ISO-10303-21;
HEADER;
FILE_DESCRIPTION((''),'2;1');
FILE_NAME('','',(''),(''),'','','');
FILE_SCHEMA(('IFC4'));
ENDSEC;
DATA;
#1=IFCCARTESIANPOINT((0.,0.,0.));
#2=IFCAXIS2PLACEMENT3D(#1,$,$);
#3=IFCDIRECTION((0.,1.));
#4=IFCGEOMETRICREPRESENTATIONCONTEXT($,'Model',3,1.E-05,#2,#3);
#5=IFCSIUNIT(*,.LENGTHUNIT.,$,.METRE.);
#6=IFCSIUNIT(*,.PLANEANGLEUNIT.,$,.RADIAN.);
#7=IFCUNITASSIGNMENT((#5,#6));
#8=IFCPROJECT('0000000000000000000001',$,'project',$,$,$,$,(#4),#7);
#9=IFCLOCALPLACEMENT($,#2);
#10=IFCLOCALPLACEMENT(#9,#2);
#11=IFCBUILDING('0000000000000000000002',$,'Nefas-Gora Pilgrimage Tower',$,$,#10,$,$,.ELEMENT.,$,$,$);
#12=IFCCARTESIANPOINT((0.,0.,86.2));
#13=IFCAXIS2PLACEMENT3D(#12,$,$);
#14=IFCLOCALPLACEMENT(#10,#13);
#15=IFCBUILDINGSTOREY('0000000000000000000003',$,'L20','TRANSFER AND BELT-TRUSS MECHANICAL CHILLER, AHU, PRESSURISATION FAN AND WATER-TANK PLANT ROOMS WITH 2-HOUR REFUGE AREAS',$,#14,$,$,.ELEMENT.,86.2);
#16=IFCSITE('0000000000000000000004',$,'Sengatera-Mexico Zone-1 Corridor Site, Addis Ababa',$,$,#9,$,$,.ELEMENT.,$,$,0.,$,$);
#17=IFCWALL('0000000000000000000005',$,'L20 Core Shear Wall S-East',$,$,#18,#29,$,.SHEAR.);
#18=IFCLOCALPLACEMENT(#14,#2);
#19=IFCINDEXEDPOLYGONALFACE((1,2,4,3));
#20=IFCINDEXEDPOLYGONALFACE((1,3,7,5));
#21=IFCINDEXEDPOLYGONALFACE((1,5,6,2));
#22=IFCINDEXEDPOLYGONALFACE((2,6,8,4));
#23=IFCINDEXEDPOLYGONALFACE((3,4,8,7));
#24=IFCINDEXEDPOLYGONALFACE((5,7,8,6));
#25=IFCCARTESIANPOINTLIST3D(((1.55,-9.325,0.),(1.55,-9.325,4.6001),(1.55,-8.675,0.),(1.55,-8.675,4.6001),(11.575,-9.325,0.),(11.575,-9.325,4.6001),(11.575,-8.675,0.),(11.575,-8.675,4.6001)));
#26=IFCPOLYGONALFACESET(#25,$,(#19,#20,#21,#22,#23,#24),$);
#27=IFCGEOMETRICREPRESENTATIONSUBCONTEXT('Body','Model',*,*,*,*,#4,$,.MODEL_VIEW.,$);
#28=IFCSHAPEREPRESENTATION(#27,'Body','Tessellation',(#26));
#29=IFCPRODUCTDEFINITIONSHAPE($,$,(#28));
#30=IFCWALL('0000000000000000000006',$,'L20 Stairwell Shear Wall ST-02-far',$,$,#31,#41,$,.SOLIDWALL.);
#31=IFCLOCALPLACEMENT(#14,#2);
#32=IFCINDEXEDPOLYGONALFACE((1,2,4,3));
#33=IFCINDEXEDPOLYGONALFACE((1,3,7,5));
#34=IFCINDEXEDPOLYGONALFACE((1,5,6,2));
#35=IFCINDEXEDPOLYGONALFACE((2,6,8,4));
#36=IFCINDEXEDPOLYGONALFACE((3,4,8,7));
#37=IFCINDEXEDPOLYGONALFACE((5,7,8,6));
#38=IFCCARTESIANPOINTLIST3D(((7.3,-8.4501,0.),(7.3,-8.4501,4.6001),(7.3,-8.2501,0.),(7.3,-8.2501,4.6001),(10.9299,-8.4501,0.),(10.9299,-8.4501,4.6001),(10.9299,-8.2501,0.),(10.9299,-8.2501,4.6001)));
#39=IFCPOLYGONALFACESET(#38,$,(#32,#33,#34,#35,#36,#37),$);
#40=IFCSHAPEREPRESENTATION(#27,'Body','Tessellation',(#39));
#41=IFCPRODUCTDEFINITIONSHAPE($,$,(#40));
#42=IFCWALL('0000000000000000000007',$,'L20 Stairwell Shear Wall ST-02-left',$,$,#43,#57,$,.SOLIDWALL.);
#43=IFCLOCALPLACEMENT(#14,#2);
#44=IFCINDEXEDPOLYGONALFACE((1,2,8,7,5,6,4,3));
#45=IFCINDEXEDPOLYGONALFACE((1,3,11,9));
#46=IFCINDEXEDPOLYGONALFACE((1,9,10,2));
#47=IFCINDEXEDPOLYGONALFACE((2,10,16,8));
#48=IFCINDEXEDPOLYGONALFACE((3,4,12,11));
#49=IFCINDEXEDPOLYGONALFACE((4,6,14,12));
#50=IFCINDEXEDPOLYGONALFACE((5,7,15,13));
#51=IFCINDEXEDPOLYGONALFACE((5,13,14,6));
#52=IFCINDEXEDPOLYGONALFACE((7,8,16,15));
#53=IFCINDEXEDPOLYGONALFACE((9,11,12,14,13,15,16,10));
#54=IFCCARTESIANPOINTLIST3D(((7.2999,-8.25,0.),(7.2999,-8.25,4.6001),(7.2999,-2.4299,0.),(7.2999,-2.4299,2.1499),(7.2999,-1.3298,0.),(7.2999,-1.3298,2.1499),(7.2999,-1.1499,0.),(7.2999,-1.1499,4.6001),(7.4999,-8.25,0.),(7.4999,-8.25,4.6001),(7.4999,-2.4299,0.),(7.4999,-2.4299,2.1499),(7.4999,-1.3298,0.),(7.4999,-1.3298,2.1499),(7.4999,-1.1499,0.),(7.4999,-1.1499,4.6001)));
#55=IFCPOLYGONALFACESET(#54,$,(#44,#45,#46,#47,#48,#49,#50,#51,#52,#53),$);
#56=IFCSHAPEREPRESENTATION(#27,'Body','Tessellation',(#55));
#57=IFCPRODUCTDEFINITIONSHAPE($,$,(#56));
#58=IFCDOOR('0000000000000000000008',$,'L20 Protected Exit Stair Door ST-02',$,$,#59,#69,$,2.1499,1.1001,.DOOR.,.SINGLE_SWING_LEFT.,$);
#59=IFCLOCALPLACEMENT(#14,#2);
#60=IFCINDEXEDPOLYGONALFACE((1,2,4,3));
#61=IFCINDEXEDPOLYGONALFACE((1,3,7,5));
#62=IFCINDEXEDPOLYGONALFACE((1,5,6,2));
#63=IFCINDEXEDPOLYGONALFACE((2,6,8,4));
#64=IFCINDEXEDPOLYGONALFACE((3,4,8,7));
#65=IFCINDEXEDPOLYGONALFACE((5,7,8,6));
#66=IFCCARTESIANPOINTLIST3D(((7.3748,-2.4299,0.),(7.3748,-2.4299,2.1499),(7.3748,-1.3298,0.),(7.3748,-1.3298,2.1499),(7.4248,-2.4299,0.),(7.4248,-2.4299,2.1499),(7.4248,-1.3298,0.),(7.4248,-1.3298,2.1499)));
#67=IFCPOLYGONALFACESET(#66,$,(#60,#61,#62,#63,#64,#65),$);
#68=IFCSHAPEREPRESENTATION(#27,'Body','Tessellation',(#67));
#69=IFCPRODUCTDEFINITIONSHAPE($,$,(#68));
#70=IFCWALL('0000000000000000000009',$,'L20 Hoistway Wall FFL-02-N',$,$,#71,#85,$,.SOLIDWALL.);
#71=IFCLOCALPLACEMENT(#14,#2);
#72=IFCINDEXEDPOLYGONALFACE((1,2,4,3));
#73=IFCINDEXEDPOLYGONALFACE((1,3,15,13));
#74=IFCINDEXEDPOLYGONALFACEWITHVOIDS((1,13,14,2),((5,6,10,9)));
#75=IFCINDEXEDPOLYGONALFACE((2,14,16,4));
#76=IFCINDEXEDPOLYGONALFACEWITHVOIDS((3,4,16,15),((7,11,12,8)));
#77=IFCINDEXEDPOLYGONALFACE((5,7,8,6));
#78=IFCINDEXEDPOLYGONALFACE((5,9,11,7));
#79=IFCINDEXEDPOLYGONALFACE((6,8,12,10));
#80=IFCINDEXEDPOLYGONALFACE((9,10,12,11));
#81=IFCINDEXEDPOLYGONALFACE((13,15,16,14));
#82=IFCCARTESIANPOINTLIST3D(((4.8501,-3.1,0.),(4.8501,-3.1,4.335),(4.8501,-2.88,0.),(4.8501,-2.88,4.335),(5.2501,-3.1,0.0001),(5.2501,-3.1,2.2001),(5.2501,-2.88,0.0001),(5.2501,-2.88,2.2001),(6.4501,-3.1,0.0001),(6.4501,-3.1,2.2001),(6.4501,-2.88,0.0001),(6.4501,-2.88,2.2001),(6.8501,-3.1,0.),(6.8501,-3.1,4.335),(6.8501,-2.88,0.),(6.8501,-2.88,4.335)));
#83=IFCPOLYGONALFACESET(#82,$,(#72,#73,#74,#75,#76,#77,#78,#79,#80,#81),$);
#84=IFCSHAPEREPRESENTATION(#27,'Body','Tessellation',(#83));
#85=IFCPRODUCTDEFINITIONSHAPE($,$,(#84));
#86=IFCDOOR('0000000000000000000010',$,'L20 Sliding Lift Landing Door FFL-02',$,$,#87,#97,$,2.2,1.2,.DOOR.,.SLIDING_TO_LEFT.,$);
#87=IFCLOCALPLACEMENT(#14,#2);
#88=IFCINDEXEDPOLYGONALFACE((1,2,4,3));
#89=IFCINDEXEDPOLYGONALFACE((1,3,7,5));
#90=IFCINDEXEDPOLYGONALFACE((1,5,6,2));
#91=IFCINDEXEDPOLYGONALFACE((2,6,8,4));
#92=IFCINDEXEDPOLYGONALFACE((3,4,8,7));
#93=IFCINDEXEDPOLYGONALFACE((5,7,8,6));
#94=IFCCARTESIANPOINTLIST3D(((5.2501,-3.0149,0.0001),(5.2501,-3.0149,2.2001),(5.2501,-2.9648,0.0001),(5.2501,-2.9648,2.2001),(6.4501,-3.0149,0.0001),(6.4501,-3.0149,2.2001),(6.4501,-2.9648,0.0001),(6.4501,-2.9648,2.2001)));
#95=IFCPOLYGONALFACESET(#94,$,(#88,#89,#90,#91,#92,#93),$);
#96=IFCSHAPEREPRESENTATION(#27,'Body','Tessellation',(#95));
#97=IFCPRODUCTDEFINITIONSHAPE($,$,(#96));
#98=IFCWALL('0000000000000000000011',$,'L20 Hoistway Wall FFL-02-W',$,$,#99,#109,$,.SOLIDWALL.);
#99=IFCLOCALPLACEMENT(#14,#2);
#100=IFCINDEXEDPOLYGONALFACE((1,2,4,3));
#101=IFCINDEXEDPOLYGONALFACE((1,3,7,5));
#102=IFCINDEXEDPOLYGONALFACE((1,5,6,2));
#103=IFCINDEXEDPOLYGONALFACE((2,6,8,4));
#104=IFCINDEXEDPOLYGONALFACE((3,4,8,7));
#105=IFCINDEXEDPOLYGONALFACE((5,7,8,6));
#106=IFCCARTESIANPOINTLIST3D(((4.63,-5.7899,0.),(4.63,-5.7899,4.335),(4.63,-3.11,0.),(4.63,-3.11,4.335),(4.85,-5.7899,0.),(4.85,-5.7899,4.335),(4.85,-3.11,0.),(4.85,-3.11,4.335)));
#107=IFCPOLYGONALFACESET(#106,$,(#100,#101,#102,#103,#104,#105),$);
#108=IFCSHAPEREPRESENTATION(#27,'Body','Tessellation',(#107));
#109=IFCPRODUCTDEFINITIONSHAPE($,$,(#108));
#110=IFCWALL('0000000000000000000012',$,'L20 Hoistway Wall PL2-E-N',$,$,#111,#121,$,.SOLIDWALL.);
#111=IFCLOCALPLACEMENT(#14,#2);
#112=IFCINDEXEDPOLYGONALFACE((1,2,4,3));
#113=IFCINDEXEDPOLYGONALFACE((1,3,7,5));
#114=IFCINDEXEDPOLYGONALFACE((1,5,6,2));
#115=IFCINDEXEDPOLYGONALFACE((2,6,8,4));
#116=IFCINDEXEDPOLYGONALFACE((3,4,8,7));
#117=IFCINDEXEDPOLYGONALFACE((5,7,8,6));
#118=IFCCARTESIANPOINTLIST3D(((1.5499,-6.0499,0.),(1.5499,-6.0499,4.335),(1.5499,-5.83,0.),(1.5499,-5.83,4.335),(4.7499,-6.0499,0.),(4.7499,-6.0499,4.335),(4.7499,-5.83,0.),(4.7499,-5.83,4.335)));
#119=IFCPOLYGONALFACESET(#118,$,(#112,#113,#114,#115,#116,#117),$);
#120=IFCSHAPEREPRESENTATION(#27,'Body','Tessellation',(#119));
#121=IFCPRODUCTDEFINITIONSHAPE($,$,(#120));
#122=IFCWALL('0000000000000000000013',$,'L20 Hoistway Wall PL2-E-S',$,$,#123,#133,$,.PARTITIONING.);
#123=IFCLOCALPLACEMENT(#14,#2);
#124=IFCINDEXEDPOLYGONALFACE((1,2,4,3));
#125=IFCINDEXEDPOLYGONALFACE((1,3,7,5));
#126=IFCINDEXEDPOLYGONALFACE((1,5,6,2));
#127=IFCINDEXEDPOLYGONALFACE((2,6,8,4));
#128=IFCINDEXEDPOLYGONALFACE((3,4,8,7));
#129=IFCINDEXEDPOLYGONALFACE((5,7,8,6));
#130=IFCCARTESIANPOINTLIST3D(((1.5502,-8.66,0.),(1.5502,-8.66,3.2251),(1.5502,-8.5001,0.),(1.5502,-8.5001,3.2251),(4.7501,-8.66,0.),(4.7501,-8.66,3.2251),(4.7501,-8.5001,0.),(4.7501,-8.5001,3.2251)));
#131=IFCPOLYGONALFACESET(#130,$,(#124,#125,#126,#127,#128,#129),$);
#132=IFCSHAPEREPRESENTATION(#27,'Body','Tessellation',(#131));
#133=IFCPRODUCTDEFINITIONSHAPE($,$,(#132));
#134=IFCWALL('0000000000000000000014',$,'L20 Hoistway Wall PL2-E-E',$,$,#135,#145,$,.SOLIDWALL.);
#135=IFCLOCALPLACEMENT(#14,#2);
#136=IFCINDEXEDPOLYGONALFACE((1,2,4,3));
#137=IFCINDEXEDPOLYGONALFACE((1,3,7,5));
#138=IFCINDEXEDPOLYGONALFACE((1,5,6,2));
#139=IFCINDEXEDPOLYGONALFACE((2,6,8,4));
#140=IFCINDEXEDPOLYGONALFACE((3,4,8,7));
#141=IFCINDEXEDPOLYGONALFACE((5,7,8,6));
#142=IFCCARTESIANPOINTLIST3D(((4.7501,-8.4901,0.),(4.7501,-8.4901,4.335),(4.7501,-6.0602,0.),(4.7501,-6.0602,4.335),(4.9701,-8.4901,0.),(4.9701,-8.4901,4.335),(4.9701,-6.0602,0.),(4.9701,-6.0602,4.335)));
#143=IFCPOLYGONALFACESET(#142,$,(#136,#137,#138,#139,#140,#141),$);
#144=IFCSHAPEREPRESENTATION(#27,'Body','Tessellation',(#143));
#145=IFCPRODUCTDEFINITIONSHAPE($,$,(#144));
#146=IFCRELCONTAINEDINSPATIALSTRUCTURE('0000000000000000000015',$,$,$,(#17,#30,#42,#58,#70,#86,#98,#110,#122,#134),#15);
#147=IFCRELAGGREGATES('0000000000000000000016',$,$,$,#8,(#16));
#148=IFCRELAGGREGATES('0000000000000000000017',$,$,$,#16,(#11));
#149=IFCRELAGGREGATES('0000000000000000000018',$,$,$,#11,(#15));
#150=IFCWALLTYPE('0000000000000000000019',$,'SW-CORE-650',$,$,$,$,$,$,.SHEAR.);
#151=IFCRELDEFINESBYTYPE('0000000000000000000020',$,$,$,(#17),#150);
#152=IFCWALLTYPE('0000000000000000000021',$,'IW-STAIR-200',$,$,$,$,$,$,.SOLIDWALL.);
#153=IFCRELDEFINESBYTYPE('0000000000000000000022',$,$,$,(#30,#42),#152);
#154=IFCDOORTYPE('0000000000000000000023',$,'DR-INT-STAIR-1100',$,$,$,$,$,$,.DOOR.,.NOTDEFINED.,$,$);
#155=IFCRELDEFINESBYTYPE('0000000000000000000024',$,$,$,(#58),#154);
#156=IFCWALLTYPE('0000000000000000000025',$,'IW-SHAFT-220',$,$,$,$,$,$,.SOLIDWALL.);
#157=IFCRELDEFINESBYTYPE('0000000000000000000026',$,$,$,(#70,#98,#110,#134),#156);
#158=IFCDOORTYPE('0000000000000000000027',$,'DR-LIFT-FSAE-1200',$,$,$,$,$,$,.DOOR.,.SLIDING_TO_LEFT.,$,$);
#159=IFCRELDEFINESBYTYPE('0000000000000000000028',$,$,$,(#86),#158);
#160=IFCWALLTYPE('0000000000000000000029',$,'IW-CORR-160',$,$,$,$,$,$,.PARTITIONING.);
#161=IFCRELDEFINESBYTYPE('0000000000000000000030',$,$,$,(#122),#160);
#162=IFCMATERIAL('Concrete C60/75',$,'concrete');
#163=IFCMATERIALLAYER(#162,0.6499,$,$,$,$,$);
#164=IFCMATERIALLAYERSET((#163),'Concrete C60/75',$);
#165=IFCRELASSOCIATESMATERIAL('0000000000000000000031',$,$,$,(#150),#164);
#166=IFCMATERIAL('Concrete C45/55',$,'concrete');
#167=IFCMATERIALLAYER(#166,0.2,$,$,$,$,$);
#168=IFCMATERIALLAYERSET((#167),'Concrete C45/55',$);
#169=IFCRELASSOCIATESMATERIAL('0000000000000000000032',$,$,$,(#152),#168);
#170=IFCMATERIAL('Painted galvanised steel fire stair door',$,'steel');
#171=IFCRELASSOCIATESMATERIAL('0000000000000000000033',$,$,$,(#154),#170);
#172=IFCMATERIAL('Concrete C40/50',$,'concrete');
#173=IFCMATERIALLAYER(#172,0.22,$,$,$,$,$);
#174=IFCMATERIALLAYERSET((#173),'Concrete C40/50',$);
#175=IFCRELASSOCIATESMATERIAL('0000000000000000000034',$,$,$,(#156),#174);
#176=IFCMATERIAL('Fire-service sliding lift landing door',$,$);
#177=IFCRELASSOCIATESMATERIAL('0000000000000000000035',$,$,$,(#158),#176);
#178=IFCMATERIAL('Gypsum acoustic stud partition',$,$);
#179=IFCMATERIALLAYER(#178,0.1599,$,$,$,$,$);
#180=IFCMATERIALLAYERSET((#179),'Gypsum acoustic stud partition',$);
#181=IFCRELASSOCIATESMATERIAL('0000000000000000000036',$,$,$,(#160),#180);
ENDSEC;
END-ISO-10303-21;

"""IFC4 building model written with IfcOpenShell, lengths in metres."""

from ifc_helpers import new_model, si_unit, direction, frame, frame_2d, origin, place, context, subcontext, project, spatial, rectangle, extrude, source, transform, mapped, material, layer, layer_set, type_object, element, fill, save


model = new_model("IFC4")

# Units and contexts
model_context = context("Model", 3, precision=1e-05, world=origin(), true_north=direction((0.0, 1.0)))
body_context = subcontext(model_context, "Body", "Model", "MODEL_VIEW")
ifc_project = project(units=[si_unit("LENGTHUNIT", "METRE"), si_unit("PLANEANGLEUNIT", "RADIAN")], contexts=[model_context])

# Site, building, storey
site_placement = place(None, origin())
site = spatial("IfcSite", under=ifc_project, at=site_placement, Name="Sengatera-Mexico Zone-1 Corridor Site, Addis Ababa", CompositionType="ELEMENT", RefElevation=0.0)
building_placement = place(site_placement, origin())
building = spatial("IfcBuilding", under=site, at=building_placement, Name="Nefas-Gora Pilgrimage Tower", CompositionType="ELEMENT")
storey_placement = place(building_placement, frame((0.0, 0.0, 86.2)))
storey = spatial("IfcBuildingStorey", under=building, at=storey_placement, Name="L20", Description="TRANSFER AND BELT-TRUSS MECHANICAL CHILLER, AHU, PRESSURISATION FAN AND WATER-TANK PLANT ROOMS WITH 2-HOUR REFUGE AREAS", CompositionType="ELEMENT", Elevation=86.2)

# Walls
ifc_material_1 = material(Name="Concrete C60/75", Category="concrete")
ifc_layer_1 = layer(ifc_material_1, 0.6499)
ifc_layer_set_1 = layer_set([ifc_layer_1], Name="Concrete C60/75")
wall_type_1 = type_object("IfcWallType", Name="SW-CORE-650", PredefinedType="SHEAR", material=ifc_layer_set_1)
shared_shape_1 = source(origin(), body_context, "Body", "SweptSolid", [
    extrude(rectangle(XDim=10.0249, YDim=0.6499, at=frame_2d((5.0125, 0.0))), origin(), (0.0, 0.0, 1.0), 4.6001),
])
wall_1_placement = place(storey_placement, frame((1.55, -9.0, 0.0), z_axis=(0.0, 0.0, 1.0), x_axis=(1.0, 0.0, 0.0)))
element("IfcWall", 1, at=wall_1_placement, inside=storey, type_object=wall_type_1, Name="L20 Core Shear Wall S-East", PredefinedType="SHEAR", context=body_context, shape_type="MappedRepresentation", body=[
    mapped(shared_shape_1, transform((0.0, 0.0, 0.0), x_axis=(1.0, 0.0, 0.0), y_axis=(0.0, 1.0, 0.0), z_axis=(0.0, 0.0, 1.0), scale=1.0)),
])
ifc_material_2 = material(Name="Concrete C45/55", Category="concrete")
ifc_layer_2 = layer(ifc_material_2, 0.2)
ifc_layer_set_2 = layer_set([ifc_layer_2], Name="Concrete C45/55")
wall_type_2 = type_object("IfcWallType", Name="IW-STAIR-200", PredefinedType="SOLIDWALL", material=ifc_layer_set_2)
shared_shape_2 = source(origin(), body_context, "Body", "SweptSolid", [
    extrude(rectangle(XDim=3.6299, YDim=0.2, at=frame_2d((1.8149, 0.0))), origin(), (0.0, 0.0, 1.0), 4.6001),
])
wall_2_placement = place(storey_placement, frame((7.3, -8.3501, 0.0), z_axis=(0.0, 0.0, 1.0), x_axis=(1.0, 0.0, 0.0)))
element("IfcWall", 2, at=wall_2_placement, inside=storey, type_object=wall_type_2, Name="L20 Stairwell Shear Wall ST-02-far", PredefinedType="SOLIDWALL", context=body_context, shape_type="MappedRepresentation", body=[
    mapped(shared_shape_2, transform((0.0, 0.0, 0.0), x_axis=(1.0, 0.0, 0.0), y_axis=(0.0, 1.0, 0.0), z_axis=(0.0, 0.0, 1.0), scale=1.0)),
])

# Walls, openings, doors
shared_shape_3 = source(origin(), body_context, "Body", "SweptSolid", [
    extrude(rectangle(XDim=7.1001, YDim=0.2, at=frame_2d((3.55, 0.0))), origin(), (0.0, 0.0, 1.0), 4.6001),
])
wall_3_placement = place(storey_placement, frame((7.3999, -1.1499, 0.0), z_axis=(0.0, 0.0, 1.0), x_axis=(0.0, -1.0, 0.0)))
wall_3 = element("IfcWall", 3, at=wall_3_placement, inside=storey, type_object=wall_type_2, Name="L20 Stairwell Shear Wall ST-02-left", PredefinedType="SOLIDWALL", context=body_context, shape_type="MappedRepresentation", body=[
    mapped(shared_shape_3, transform((0.0, 0.0, 0.0), x_axis=(1.0, 0.0, 0.0), y_axis=(0.0, 1.0, 0.0), z_axis=(0.0, 0.0, 1.0), scale=1.0)),
])
opening_1_placement = place(wall_3_placement, frame((0.1799, 0.0, 0.0)))
opening_1 = element("IfcOpeningElement", 4, at=opening_1_placement, cuts=wall_3, PredefinedType="OPENING", context=body_context, shape_type="SweptSolid", body=[
    extrude(rectangle(XDim=1.1001, YDim=2.1499, at=frame_2d((0.55, 1.075))), frame((0.0, 0.1099, 0.0), z_axis=(0.0, -1.0, 0.0), x_axis=(1.0, 0.0, 0.0)), (0.0, 0.0, 1.0), 0.22),
])
ifc_material_3 = material(Name="Painted galvanised steel fire stair door", Category="steel")
door_type_1 = type_object("IfcDoorType", Name="DR-INT-STAIR-1100", OperationType="NOTDEFINED", PredefinedType="DOOR", material=ifc_material_3)
shared_shape_4 = source(origin(), body_context, "Body", "SweptSolid", [
    extrude(rectangle(XDim=1.1001, YDim=2.1499, at=frame_2d((0.55, 1.075))), frame((0.0, 0.0249, 0.0), z_axis=(0.0, -1.0, 0.0), x_axis=(1.0, 0.0, 0.0)), (0.0, 0.0, 1.0), 0.05),
])
door_1_placement = place(opening_1_placement, origin())
door_1 = element("IfcDoor", 5, at=door_1_placement, inside=storey, type_object=door_type_1, Name="L20 Protected Exit Stair Door ST-02", OperationType="SINGLE_SWING_LEFT", OverallHeight=2.1499, OverallWidth=1.1001, PredefinedType="DOOR", context=body_context, shape_type="MappedRepresentation", body=[
    mapped(shared_shape_4, transform((0.0, 0.0, 0.0), x_axis=(1.0, 0.0, 0.0), y_axis=(0.0, 1.0, 0.0), z_axis=(0.0, 0.0, 1.0), scale=1.0)),
])
fill(opening_1, door_1)
ifc_material_4 = material(Name="Concrete C40/50", Category="concrete")
ifc_layer_3 = layer(ifc_material_4, 0.22)
ifc_layer_set_3 = layer_set([ifc_layer_3], Name="Concrete C40/50")
wall_type_3 = type_object("IfcWallType", Name="IW-SHAFT-220", PredefinedType="SOLIDWALL", material=ifc_layer_set_3)
shared_shape_5 = source(origin(), body_context, "Body", "SweptSolid", [
    extrude(rectangle(XDim=2.0, YDim=0.22, at=frame_2d((1.0, 0.0))), origin(), (0.0, 0.0, 1.0), 4.335),
])
wall_4_placement = place(storey_placement, frame((6.8501, -2.99, 0.0), z_axis=(0.0, 0.0, 1.0), x_axis=(-1.0, 0.0, 0.0)))
wall_4 = element("IfcWall", 6, at=wall_4_placement, inside=storey, type_object=wall_type_3, Name="L20 Hoistway Wall FFL-02-N", PredefinedType="SOLIDWALL", context=body_context, shape_type="MappedRepresentation", body=[
    mapped(shared_shape_5, transform((0.0, 0.0, 0.0), x_axis=(1.0, 0.0, 0.0), y_axis=(0.0, 1.0, 0.0), z_axis=(0.0, 0.0, 1.0), scale=1.0)),
])
opening_2_placement = place(wall_4_placement, frame((0.3999, 0.0, 0.0)))
opening_2 = element("IfcOpeningElement", 7, at=opening_2_placement, cuts=wall_4, PredefinedType="OPENING", context=body_context, shape_type="SweptSolid", body=[
    extrude(rectangle(XDim=1.2, YDim=2.2, at=frame_2d((0.6001, 1.1001))), frame((0.0, 0.1199, 0.0), z_axis=(0.0, -1.0, 0.0), x_axis=(1.0, 0.0, 0.0)), (0.0, 0.0, 1.0), 0.24),
])
ifc_material_5 = material(Name="Fire-service sliding lift landing door")
door_type_2 = type_object("IfcDoorType", Name="DR-LIFT-FSAE-1200", OperationType="SLIDING_TO_LEFT", PredefinedType="DOOR", material=ifc_material_5)
shared_shape_6 = source(origin(), body_context, "Body", "SweptSolid", [
    extrude(rectangle(XDim=1.2, YDim=2.2, at=frame_2d((0.6001, 1.1001))), frame((0.0, 0.0249, 0.0), z_axis=(0.0, -1.0, 0.0), x_axis=(1.0, 0.0, 0.0)), (0.0, 0.0, 1.0), 0.05),
])
door_2_placement = place(opening_2_placement, origin())
door_2 = element("IfcDoor", 8, at=door_2_placement, inside=storey, type_object=door_type_2, Name="L20 Sliding Lift Landing Door FFL-02", OperationType="SLIDING_TO_LEFT", OverallHeight=2.2, OverallWidth=1.2, PredefinedType="DOOR", context=body_context, shape_type="MappedRepresentation", body=[
    mapped(shared_shape_6, transform((0.0, 0.0, 0.0), x_axis=(1.0, 0.0, 0.0), y_axis=(0.0, 1.0, 0.0), z_axis=(0.0, 0.0, 1.0), scale=1.0)),
])
fill(opening_2, door_2)

# Walls
shared_shape_7 = source(origin(), body_context, "Body", "SweptSolid", [
    extrude(rectangle(XDim=2.6799, YDim=0.22, at=frame_2d((1.3398, 0.0))), origin(), (0.0, 0.0, 1.0), 4.335),
])
wall_5_placement = place(storey_placement, frame((4.74, -3.1101, 0.0), z_axis=(0.0, 0.0, 1.0), x_axis=(0.0, -1.0, 0.0)))
element("IfcWall", 9, at=wall_5_placement, inside=storey, type_object=wall_type_3, Name="L20 Hoistway Wall FFL-02-W", PredefinedType="SOLIDWALL", context=body_context, shape_type="MappedRepresentation", body=[
    mapped(shared_shape_7, transform((0.0, 0.0, 0.0), x_axis=(1.0, 0.0, 0.0), y_axis=(0.0, 1.0, 0.0), z_axis=(0.0, 0.0, 1.0), scale=1.0)),
])
shared_shape_8 = source(origin(), body_context, "Body", "SweptSolid", [
    extrude(rectangle(XDim=3.2, YDim=0.22, at=frame_2d((1.6001, 0.0))), origin(), (0.0, 0.0, 1.0), 4.335),
])
wall_6_placement = place(storey_placement, frame((4.75, -5.9399, 0.0), z_axis=(0.0, 0.0, 1.0), x_axis=(-1.0, 0.0, 0.0)))
element("IfcWall", 10, at=wall_6_placement, inside=storey, type_object=wall_type_3, Name="L20 Hoistway Wall PL2-E-N", PredefinedType="SOLIDWALL", context=body_context, shape_type="MappedRepresentation", body=[
    mapped(shared_shape_8, transform((0.0, 0.0, 0.0), x_axis=(1.0, 0.0, 0.0), y_axis=(0.0, 1.0, 0.0), z_axis=(0.0, 0.0, 1.0), scale=1.0)),
])
ifc_material_6 = material(Name="Gypsum acoustic stud partition")
ifc_layer_4 = layer(ifc_material_6, 0.1599)
ifc_layer_set_4 = layer_set([ifc_layer_4], Name="Gypsum acoustic stud partition")
wall_type_4 = type_object("IfcWallType", Name="IW-CORR-160", PredefinedType="PARTITIONING", material=ifc_layer_set_4)
shared_shape_9 = source(origin(), body_context, "Body", "SweptSolid", [
    extrude(rectangle(XDim=3.2, YDim=0.1599, at=frame_2d((1.6001, 0.0))), origin(), (0.0, 0.0, 1.0), 3.2251),
])
wall_7_placement = place(storey_placement, frame((1.55, -8.5801, 0.0), z_axis=(0.0, 0.0, 1.0), x_axis=(1.0, 0.0, 0.0)))
element("IfcWall", 11, at=wall_7_placement, inside=storey, type_object=wall_type_4, Name="L20 Hoistway Wall PL2-E-S", PredefinedType="PARTITIONING", context=body_context, shape_type="MappedRepresentation", body=[
    mapped(shared_shape_9, transform((0.0, 0.0, 0.0), x_axis=(1.0, 0.0, 0.0), y_axis=(0.0, 1.0, 0.0), z_axis=(0.0, 0.0, 1.0), scale=1.0)),
])
shared_shape_10 = source(origin(), body_context, "Body", "SweptSolid", [
    extrude(rectangle(XDim=2.4299, YDim=0.22, at=frame_2d((1.2148, 0.0))), origin(), (0.0, 0.0, 1.0), 4.335),
])
for number, where, z_axis, x_axis, name in (
    (12, (4.8601, -8.49, 0.0), (0.0, 0.0, 1.0), (0.0, 1.0, 0.0), "L20 Hoistway Wall PL2-E-E"),
):
    element("IfcWall", number, at=place(storey_placement, frame(where, z_axis=z_axis, x_axis=x_axis)), inside=storey, type_object=wall_type_3, Name=name, PredefinedType="SOLIDWALL", context=body_context, shape_type="MappedRepresentation", body=[
        mapped(shared_shape_10, transform((0.0, 0.0, 0.0), x_axis=(1.0, 0.0, 0.0), y_axis=(0.0, 1.0, 0.0), z_axis=(0.0, 0.0, 1.0), scale=1.0)),
    ])

save(model, "model.ifc")
